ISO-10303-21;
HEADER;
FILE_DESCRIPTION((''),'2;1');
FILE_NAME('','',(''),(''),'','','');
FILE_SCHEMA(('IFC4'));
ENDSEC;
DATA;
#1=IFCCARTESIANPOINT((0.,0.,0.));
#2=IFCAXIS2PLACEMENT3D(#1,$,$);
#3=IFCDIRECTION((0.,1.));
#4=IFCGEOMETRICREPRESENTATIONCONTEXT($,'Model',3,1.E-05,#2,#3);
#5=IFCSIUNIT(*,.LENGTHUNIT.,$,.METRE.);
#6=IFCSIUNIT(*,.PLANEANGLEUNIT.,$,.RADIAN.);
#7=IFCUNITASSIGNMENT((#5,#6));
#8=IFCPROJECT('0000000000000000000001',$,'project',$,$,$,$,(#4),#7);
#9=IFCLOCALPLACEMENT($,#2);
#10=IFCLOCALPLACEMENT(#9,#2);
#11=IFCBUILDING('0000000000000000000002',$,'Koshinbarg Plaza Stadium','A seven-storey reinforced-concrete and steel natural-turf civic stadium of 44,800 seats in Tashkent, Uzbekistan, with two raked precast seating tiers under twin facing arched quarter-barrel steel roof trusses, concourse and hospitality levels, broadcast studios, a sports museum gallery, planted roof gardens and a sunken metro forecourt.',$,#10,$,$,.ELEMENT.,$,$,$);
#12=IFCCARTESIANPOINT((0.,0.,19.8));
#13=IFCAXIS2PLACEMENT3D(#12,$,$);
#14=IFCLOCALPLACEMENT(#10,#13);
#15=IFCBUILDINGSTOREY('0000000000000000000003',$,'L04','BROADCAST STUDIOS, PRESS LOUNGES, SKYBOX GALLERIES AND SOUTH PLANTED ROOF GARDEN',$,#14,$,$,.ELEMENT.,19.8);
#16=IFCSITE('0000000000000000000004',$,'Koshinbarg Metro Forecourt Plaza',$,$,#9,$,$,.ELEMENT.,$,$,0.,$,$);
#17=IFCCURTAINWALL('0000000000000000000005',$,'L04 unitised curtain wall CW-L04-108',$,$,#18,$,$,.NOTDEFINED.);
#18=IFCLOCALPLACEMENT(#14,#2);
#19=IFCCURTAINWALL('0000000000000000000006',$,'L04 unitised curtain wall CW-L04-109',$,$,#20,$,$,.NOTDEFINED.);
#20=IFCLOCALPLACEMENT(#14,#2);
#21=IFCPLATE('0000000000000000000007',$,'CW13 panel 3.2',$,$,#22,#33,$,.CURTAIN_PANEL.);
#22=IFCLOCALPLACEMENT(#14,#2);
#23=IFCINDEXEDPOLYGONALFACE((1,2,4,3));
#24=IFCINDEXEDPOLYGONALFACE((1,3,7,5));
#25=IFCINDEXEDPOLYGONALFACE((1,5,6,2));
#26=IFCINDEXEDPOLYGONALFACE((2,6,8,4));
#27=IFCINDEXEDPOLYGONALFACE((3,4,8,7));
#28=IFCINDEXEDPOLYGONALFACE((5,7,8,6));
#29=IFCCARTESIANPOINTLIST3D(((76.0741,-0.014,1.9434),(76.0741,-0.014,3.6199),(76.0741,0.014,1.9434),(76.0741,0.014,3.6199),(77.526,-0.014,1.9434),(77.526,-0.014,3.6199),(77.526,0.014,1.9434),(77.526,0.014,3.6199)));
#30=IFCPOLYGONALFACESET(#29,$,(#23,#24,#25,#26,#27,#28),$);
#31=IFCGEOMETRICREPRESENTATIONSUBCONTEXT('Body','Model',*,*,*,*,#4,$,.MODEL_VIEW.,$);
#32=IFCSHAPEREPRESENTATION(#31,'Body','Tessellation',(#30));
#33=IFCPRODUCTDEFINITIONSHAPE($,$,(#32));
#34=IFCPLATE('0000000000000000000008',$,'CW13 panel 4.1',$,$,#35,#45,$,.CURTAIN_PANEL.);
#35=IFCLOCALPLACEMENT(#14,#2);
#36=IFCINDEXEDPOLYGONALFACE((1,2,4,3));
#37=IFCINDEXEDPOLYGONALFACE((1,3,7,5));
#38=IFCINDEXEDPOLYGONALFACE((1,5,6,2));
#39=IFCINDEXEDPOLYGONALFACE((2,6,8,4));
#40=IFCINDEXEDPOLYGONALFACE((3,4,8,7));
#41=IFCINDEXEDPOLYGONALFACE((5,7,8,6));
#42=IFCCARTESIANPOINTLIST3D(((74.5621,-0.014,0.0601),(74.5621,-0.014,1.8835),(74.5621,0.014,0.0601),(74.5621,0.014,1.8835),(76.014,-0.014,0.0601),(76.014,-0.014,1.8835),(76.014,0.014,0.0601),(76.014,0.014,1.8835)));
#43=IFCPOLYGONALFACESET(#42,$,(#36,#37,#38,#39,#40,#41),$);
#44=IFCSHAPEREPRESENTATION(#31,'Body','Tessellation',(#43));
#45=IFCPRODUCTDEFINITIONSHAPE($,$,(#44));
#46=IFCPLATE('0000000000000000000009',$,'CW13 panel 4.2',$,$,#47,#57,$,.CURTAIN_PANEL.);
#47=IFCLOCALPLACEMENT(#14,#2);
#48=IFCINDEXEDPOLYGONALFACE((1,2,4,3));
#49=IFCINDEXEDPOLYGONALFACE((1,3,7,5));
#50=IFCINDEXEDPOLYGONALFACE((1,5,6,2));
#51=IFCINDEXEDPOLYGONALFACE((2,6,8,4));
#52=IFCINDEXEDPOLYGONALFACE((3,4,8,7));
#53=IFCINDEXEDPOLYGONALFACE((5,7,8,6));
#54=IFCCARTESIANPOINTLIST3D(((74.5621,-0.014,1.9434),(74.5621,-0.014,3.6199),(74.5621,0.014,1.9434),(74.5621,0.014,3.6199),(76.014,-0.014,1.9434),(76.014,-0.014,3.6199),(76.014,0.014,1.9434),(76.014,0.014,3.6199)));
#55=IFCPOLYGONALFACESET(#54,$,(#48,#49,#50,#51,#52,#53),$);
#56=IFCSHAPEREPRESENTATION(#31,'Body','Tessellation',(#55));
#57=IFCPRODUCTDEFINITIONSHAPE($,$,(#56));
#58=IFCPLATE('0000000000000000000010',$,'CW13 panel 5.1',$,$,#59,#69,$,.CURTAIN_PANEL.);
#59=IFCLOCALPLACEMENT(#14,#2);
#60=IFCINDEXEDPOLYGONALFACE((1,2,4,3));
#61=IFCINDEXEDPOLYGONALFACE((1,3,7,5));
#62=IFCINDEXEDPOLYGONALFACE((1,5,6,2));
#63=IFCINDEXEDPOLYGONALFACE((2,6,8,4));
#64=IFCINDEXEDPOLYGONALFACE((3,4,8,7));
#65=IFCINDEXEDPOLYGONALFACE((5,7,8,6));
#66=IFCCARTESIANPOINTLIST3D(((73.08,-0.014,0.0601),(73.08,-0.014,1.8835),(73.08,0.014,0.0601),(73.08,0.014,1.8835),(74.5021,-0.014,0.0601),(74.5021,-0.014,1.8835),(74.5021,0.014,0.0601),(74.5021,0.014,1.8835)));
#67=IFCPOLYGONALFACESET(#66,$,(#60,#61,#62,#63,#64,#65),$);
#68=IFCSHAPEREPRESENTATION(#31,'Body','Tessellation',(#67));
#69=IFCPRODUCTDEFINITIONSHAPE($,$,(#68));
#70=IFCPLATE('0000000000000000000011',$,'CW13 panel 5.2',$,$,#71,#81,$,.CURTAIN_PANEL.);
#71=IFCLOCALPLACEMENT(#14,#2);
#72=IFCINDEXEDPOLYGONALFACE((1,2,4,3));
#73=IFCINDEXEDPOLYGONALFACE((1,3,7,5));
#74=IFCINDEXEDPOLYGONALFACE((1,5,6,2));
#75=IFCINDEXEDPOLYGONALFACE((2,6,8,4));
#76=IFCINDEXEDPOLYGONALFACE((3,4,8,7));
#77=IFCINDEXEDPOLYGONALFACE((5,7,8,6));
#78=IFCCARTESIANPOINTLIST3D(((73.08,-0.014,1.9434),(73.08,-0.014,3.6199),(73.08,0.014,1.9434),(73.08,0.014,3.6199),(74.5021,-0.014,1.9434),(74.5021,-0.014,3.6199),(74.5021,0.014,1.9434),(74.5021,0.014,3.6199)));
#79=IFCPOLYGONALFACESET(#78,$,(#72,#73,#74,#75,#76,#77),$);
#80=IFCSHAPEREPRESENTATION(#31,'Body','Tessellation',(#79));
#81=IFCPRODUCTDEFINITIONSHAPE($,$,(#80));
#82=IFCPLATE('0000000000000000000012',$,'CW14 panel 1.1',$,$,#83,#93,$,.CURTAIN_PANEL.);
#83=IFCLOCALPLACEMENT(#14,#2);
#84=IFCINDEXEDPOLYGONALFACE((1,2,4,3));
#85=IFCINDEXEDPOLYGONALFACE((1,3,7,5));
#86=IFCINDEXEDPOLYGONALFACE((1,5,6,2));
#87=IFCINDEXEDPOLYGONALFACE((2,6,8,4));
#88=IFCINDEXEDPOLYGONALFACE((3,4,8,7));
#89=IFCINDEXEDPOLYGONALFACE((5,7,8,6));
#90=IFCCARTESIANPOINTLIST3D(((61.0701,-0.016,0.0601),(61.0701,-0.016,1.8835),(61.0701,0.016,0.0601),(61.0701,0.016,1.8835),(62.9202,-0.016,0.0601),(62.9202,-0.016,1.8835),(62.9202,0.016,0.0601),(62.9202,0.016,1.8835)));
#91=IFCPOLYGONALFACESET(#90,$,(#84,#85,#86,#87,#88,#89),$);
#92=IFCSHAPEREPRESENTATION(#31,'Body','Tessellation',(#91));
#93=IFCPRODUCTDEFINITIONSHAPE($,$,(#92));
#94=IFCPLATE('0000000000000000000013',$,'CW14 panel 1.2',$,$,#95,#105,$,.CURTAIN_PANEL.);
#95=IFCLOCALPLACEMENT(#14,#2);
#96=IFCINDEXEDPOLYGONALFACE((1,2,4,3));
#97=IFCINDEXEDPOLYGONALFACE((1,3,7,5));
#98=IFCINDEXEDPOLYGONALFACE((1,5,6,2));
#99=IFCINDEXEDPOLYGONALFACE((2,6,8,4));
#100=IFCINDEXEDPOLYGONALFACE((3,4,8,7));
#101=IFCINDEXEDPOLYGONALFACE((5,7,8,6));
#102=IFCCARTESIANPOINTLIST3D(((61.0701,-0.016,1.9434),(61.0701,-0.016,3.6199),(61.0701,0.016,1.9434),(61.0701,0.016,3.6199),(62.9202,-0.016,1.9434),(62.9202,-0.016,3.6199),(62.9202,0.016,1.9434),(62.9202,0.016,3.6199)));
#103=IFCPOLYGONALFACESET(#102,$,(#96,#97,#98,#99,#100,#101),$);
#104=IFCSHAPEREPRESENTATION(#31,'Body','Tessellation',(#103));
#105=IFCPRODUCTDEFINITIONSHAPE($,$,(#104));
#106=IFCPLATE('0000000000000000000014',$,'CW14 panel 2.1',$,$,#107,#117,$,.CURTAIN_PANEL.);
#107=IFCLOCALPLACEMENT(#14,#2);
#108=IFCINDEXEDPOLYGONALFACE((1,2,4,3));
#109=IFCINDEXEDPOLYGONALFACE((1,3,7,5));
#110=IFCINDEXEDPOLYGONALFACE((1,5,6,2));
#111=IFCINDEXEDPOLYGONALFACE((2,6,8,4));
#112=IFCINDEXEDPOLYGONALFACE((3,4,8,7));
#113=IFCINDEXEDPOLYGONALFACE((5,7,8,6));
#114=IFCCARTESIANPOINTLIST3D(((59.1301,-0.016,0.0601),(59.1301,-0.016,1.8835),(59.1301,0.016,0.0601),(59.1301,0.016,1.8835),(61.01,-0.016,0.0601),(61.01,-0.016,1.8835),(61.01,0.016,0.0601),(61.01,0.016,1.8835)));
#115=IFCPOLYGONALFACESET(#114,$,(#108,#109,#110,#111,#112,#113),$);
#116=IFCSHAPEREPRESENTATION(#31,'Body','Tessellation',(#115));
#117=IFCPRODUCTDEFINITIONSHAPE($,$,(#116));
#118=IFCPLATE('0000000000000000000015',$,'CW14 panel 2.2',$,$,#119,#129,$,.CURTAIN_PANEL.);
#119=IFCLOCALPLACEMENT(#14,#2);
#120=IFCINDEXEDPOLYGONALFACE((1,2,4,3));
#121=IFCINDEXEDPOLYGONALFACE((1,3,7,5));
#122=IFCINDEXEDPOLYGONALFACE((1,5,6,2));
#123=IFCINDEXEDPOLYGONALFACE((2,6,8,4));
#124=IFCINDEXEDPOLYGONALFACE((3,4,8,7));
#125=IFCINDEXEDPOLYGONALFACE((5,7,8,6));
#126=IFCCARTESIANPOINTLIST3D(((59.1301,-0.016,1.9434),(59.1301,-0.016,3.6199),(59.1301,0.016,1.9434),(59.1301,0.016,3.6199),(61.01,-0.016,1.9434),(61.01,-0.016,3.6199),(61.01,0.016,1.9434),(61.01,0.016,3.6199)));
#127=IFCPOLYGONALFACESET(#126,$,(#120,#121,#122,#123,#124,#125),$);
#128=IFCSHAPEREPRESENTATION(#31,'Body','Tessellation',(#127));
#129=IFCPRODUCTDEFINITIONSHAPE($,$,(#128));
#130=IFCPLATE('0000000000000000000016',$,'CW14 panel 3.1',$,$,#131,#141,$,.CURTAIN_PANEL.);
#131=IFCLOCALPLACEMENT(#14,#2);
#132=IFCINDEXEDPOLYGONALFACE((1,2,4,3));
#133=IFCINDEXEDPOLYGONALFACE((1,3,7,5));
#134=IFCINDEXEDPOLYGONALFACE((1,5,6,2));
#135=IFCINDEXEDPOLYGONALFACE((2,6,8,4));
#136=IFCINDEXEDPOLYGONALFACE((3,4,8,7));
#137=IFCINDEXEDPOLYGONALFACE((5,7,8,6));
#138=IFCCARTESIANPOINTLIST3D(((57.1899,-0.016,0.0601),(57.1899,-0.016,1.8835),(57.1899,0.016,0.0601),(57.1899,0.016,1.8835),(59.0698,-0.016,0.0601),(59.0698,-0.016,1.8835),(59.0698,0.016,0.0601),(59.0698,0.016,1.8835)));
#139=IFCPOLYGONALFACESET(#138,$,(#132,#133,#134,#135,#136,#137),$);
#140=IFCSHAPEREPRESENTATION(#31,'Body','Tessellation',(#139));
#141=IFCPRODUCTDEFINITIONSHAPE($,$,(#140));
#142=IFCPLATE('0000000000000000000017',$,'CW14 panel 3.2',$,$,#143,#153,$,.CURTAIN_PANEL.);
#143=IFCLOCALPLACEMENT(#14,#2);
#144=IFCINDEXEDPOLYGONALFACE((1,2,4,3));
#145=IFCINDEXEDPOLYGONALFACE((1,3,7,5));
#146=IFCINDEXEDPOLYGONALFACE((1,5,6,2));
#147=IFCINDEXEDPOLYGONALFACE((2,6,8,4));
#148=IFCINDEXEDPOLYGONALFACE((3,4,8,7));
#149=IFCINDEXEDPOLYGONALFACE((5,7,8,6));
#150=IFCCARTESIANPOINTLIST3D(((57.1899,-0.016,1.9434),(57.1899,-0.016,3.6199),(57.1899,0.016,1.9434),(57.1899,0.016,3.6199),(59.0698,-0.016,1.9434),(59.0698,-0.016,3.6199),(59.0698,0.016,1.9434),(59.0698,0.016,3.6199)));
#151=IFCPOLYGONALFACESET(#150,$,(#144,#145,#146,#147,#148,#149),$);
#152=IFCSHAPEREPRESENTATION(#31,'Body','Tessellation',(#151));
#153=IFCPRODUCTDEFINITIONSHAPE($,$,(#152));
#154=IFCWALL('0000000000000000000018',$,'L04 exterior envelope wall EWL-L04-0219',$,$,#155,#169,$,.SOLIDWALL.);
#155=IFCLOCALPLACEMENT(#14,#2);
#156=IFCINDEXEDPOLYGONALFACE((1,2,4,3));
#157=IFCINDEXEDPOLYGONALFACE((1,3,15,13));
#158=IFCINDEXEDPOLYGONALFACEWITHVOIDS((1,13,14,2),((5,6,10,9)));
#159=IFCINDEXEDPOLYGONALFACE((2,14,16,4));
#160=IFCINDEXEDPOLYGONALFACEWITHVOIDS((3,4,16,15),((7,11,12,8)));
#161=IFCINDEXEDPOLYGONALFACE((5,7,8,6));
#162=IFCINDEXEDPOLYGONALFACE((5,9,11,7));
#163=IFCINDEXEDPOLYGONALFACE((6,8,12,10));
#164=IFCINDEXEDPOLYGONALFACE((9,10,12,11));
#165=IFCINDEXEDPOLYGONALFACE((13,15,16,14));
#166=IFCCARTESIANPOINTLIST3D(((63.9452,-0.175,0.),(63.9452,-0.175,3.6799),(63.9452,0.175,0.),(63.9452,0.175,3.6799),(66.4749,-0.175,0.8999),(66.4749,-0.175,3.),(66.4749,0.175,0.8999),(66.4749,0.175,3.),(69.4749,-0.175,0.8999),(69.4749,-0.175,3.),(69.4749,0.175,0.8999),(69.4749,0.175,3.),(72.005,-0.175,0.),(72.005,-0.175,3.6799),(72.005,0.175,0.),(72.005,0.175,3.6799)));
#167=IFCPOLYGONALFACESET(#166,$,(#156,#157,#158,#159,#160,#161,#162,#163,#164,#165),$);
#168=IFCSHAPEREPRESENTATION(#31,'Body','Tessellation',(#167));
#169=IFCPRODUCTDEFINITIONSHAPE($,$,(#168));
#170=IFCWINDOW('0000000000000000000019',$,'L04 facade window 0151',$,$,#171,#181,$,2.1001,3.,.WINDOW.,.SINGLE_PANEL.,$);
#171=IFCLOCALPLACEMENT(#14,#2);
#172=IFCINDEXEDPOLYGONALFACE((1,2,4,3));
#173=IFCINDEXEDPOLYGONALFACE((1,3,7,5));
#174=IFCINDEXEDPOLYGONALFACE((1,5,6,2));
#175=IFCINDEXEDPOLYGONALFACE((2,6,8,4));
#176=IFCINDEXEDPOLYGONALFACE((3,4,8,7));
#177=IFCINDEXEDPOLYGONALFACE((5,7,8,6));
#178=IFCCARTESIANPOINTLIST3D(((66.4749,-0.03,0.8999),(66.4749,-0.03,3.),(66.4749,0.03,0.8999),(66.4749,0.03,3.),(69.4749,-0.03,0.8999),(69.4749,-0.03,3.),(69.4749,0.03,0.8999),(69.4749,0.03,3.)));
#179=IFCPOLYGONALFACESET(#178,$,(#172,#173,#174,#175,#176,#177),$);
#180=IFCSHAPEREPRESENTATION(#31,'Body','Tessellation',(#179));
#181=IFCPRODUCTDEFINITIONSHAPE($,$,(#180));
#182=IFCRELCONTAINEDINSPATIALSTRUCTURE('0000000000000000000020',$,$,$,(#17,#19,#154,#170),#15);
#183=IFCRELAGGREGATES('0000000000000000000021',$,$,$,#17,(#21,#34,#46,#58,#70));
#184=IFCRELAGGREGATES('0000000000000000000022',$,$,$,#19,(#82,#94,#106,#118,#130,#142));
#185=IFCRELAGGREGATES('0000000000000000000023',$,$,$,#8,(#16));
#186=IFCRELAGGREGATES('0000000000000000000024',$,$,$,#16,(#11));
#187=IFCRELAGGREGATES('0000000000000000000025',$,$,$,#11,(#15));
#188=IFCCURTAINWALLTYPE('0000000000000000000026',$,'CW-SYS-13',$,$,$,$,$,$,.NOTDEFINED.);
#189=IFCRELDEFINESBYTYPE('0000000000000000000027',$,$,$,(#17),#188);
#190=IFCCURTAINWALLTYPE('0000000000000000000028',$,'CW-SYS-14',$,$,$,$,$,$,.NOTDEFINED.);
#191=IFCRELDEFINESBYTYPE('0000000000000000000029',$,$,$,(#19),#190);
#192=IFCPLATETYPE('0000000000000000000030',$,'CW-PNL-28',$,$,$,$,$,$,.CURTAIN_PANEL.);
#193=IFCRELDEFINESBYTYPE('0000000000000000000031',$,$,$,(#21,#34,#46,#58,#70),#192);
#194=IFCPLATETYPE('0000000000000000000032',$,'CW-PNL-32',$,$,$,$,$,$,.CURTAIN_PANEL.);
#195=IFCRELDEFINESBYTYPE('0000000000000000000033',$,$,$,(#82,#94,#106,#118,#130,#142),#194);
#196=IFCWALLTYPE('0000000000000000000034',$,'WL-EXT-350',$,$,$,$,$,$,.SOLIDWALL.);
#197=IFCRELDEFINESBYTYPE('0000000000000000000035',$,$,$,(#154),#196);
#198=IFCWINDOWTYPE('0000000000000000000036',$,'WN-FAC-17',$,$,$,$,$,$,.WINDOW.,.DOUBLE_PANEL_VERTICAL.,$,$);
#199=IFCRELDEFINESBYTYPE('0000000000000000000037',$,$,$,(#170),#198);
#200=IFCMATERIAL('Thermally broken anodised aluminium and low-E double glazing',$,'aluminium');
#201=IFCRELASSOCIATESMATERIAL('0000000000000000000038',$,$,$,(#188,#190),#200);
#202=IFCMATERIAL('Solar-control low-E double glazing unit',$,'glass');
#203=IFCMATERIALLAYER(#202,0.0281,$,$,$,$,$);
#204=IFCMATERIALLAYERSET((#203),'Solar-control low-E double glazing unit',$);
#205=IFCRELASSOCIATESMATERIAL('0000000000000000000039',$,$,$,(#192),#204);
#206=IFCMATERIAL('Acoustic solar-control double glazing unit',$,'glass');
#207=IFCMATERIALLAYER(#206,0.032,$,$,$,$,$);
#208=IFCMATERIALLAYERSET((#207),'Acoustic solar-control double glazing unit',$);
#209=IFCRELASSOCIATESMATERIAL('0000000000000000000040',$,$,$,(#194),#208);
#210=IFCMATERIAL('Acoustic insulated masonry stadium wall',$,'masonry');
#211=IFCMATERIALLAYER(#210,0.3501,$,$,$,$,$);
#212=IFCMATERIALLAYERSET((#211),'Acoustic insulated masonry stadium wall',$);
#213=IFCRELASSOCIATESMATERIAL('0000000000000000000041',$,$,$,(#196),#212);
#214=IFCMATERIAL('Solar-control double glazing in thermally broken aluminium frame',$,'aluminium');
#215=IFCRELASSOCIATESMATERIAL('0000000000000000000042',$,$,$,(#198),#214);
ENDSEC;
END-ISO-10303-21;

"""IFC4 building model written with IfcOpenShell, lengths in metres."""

from ifc_helpers import new_model, si_unit, direction, frame, frame_2d, origin, origin_2d, place, context, subcontext, project, spatial, rectangle, extrude, material, layer, layer_set, type_object, element, fill, aggregate, save


model = new_model("IFC4")

# Units and contexts
model_context = context("Model", 3, precision=1e-05, world=origin(), true_north=direction((0.0, 1.0)))
body_context = subcontext(model_context, "Body", "Model", "MODEL_VIEW")
ifc_project = project(units=[si_unit("LENGTHUNIT", "METRE"), si_unit("PLANEANGLEUNIT", "RADIAN")], contexts=[model_context])

# Site, building, storey
site_placement = place(None, origin())
site = spatial("IfcSite", under=ifc_project, at=site_placement, Name="Koshinbarg Metro Forecourt Plaza", CompositionType="ELEMENT", RefElevation=0.0)
building_placement = place(site_placement, origin())
building = spatial("IfcBuilding", under=site, at=building_placement, Name="Koshinbarg Plaza Stadium", Description="A seven-storey reinforced-concrete and steel natural-turf civic stadium of 44,800 seats in Tashkent, Uzbekistan, with two raked precast seating tiers under twin facing arched quarter-barrel steel roof trusses, concourse and hospitality levels, broadcast studios, a sports museum gallery, planted roof gardens and a sunken metro forecourt.", CompositionType="ELEMENT")
storey_placement = place(building_placement, frame((0.0, 0.0, 19.8)))
storey = spatial("IfcBuildingStorey", under=building, at=storey_placement, Name="L04", Description="BROADCAST STUDIOS, PRESS LOUNGES, SKYBOX GALLERIES AND SOUTH PLANTED ROOF GARDEN", CompositionType="ELEMENT", Elevation=19.8)

# Curtain walls
ifc_material_1 = material(Name="Thermally broken anodised aluminium and low-E double glazing", Category="aluminium")
curtain_wall_type_1 = type_object("IfcCurtainWallType", Name="CW-SYS-13", PredefinedType="NOTDEFINED", material=ifc_material_1)
curtain_wall_1_placement = place(storey_placement, origin())
curtain_wall_1 = element("IfcCurtainWall", 1, at=curtain_wall_1_placement, inside=storey, type_object=curtain_wall_type_1, Name="L04 unitised curtain wall CW-L04-108", PredefinedType="NOTDEFINED")
curtain_wall_type_2 = type_object("IfcCurtainWallType", Name="CW-SYS-14", PredefinedType="NOTDEFINED", material=ifc_material_1)
curtain_wall_2_placement = place(storey_placement, origin())
curtain_wall_2 = element("IfcCurtainWall", 2, at=curtain_wall_2_placement, inside=storey, type_object=curtain_wall_type_2, Name="L04 unitised curtain wall CW-L04-109", PredefinedType="NOTDEFINED")

# Plates
ifc_material_2 = material(Name="Solar-control low-E double glazing unit", Category="glass")
ifc_layer_1 = layer(ifc_material_2, 0.0281)
ifc_layer_set_1 = layer_set([ifc_layer_1], Name="Solar-control low-E double glazing unit")
plate_type_1 = type_object("IfcPlateType", Name="CW-PNL-28", PredefinedType="CURTAIN_PANEL", material=ifc_layer_set_1)
plate_1_placement = place(storey_placement, frame((76.8, 0.0, 1.9434), z_axis=(0.0, 0.0, 1.0), x_axis=(-1.0, 0.0, 0.0)))
plate_1 = element("IfcPlate", 3, at=plate_1_placement, type_object=plate_type_1, Name="CW13 panel 3.2", PredefinedType="CURTAIN_PANEL", context=body_context, shape_type="SweptSolid", body=[
    extrude(rectangle(XDim=1.4519, YDim=0.0281, at=origin_2d()), origin(), (0.0, 0.0, 1.0), 1.6765),
])
plate_2_placement = place(storey_placement, frame((75.2881, 0.0, 0.0601), z_axis=(0.0, 0.0, 1.0), x_axis=(-1.0, 0.0, 0.0)))
plate_2 = element("IfcPlate", 4, at=plate_2_placement, type_object=plate_type_1, Name="CW13 panel 4.1", PredefinedType="CURTAIN_PANEL", context=body_context, shape_type="SweptSolid", body=[
    extrude(rectangle(XDim=1.4519, YDim=0.0281, at=origin_2d()), origin(), (0.0, 0.0, 1.0), 1.8235),
])
plate_3_placement = place(storey_placement, frame((75.2881, 0.0, 1.9434), z_axis=(0.0, 0.0, 1.0), x_axis=(-1.0, 0.0, 0.0)))
plate_3 = element("IfcPlate", 5, at=plate_3_placement, type_object=plate_type_1, Name="CW13 panel 4.2", PredefinedType="CURTAIN_PANEL", context=body_context, shape_type="SweptSolid", body=[
    extrude(rectangle(XDim=1.4519, YDim=0.0281, at=origin_2d()), origin(), (0.0, 0.0, 1.0), 1.6765),
])
plate_4_placement = place(storey_placement, frame((73.791, 0.0, 0.0601), z_axis=(0.0, 0.0, 1.0), x_axis=(-1.0, 0.0, 0.0)))
plate_4 = element("IfcPlate", 6, at=plate_4_placement, type_object=plate_type_1, Name="CW13 panel 5.1", PredefinedType="CURTAIN_PANEL", context=body_context, shape_type="SweptSolid", body=[
    extrude(rectangle(XDim=1.4221, YDim=0.0281, at=origin_2d()), origin(), (0.0, 0.0, 1.0), 1.8235),
])
plate_5_placement = place(storey_placement, frame((73.791, 0.0, 1.9434), z_axis=(0.0, 0.0, 1.0), x_axis=(-1.0, 0.0, 0.0)))
plate_5 = element("IfcPlate", 7, at=plate_5_placement, type_object=plate_type_1, Name="CW13 panel 5.2", PredefinedType="CURTAIN_PANEL", context=body_context, shape_type="SweptSolid", body=[
    extrude(rectangle(XDim=1.4221, YDim=0.0281, at=origin_2d()), origin(), (0.0, 0.0, 1.0), 1.6765),
])
aggregate(curtain_wall_1, [plate_1, plate_2, plate_3, plate_4, plate_5])
ifc_material_3 = material(Name="Acoustic solar-control double glazing unit", Category="glass")
ifc_layer_2 = layer(ifc_material_3, 0.032)
ifc_layer_set_2 = layer_set([ifc_layer_2], Name="Acoustic solar-control double glazing unit")
plate_type_2 = type_object("IfcPlateType", Name="CW-PNL-32", PredefinedType="CURTAIN_PANEL", material=ifc_layer_set_2)
plate_6_placement = place(storey_placement, frame((61.9951, 0.0, 0.0601), z_axis=(0.0, 0.0, 1.0), x_axis=(-1.0, 0.0, 0.0)))
plate_6 = element("IfcPlate", 8, at=plate_6_placement, type_object=plate_type_2, Name="CW14 panel 1.1", PredefinedType="CURTAIN_PANEL", context=body_context, shape_type="SweptSolid", body=[
    extrude(rectangle(XDim=1.8501, YDim=0.032, at=origin_2d()), origin(), (0.0, 0.0, 1.0), 1.8235),
])
plate_7_placement = place(storey_placement, frame((61.9951, 0.0, 1.9434), z_axis=(0.0, 0.0, 1.0), x_axis=(-1.0, 0.0, 0.0)))
plate_7 = element("IfcPlate", 9, at=plate_7_placement, type_object=plate_type_2, Name="CW14 panel 1.2", PredefinedType="CURTAIN_PANEL", context=body_context, shape_type="SweptSolid", body=[
    extrude(rectangle(XDim=1.8501, YDim=0.032, at=origin_2d()), origin(), (0.0, 0.0, 1.0), 1.6765),
])
plate_8_placement = place(storey_placement, frame((60.0701, 0.0, 0.0601), z_axis=(0.0, 0.0, 1.0), x_axis=(-1.0, 0.0, 0.0)))
plate_8 = element("IfcPlate", 10, at=plate_8_placement, type_object=plate_type_2, Name="CW14 panel 2.1", PredefinedType="CURTAIN_PANEL", context=body_context, shape_type="SweptSolid", body=[
    extrude(rectangle(XDim=1.8799, YDim=0.032, at=origin_2d()), origin(), (0.0, 0.0, 1.0), 1.8235),
])
plate_9_placement = place(storey_placement, frame((60.0701, 0.0, 1.9434), z_axis=(0.0, 0.0, 1.0), x_axis=(-1.0, 0.0, 0.0)))
plate_9 = element("IfcPlate", 11, at=plate_9_placement, type_object=plate_type_2, Name="CW14 panel 2.2", PredefinedType="CURTAIN_PANEL", context=body_context, shape_type="SweptSolid", body=[
    extrude(rectangle(XDim=1.8799, YDim=0.032, at=origin_2d()), origin(), (0.0, 0.0, 1.0), 1.6765),
])
plate_10_placement = place(storey_placement, frame((58.1299, 0.0, 0.0601), z_axis=(0.0, 0.0, 1.0), x_axis=(-1.0, 0.0, 0.0)))
plate_10 = element("IfcPlate", 12, at=plate_10_placement, type_object=plate_type_2, Name="CW14 panel 3.1", PredefinedType="CURTAIN_PANEL", context=body_context, shape_type="SweptSolid", body=[
    extrude(rectangle(XDim=1.8799, YDim=0.032, at=origin_2d()), origin(), (0.0, 0.0, 1.0), 1.8235),
])
plate_11_placement = place(storey_placement, frame((58.1299, 0.0, 1.9434), z_axis=(0.0, 0.0, 1.0), x_axis=(-1.0, 0.0, 0.0)))
plate_11 = element("IfcPlate", 13, at=plate_11_placement, type_object=plate_type_2, Name="CW14 panel 3.2", PredefinedType="CURTAIN_PANEL", context=body_context, shape_type="SweptSolid", body=[
    extrude(rectangle(XDim=1.8799, YDim=0.032, at=origin_2d()), origin(), (0.0, 0.0, 1.0), 1.6765),
])
aggregate(curtain_wall_2, [plate_6, plate_7, plate_8, plate_9, plate_10, plate_11])

# Wall, opening, window
ifc_material_4 = material(Name="Acoustic insulated masonry stadium wall", Category="masonry")
ifc_layer_3 = layer(ifc_material_4, 0.3501)
ifc_layer_set_3 = layer_set([ifc_layer_3], Name="Acoustic insulated masonry stadium wall")
wall_type = type_object("IfcWallType", Name="WL-EXT-350", PredefinedType="SOLIDWALL", material=ifc_layer_set_3)
wall_placement = place(storey_placement, frame((72.0049, 0.0, 0.0), z_axis=(0.0, 0.0, 1.0), x_axis=(-1.0, 0.0, 0.0)))
wall = element("IfcWall", 14, at=wall_placement, inside=storey, type_object=wall_type, Name="L04 exterior envelope wall EWL-L04-0219", PredefinedType="SOLIDWALL", context=body_context, shape_type="SweptSolid", body=[
    extrude(rectangle(XDim=8.0598, YDim=0.3501, at=frame_2d((4.0298, 0.0))), origin(), (0.0, 0.0, 1.0), 3.6799),
])
opening_placement = place(wall_placement, frame((2.53, 0.0, 0.8999)))
opening = element("IfcOpeningElement", 15, at=opening_placement, cuts=wall, PredefinedType="OPENING", context=body_context, shape_type="SweptSolid", body=[
    extrude(rectangle(XDim=3.0, YDim=2.1001, at=frame_2d((1.5, 1.05))), frame((0.0, 0.1851, 0.0), z_axis=(0.0, -1.0, 0.0), x_axis=(1.0, 0.0, 0.0)), (0.0, 0.0, 1.0), 0.3701),
])
ifc_material_5 = material(Name="Solar-control double glazing in thermally broken aluminium frame", Category="aluminium")
window_type = type_object("IfcWindowType", Name="WN-FAC-17", PartitioningType="DOUBLE_PANEL_VERTICAL", PredefinedType="WINDOW", material=ifc_material_5)
window_placement = place(opening_placement, origin())
window = element("IfcWindow", 16, at=window_placement, inside=storey, type_object=window_type, Name="L04 facade window 0151", OverallHeight=2.1001, OverallWidth=3.0, PartitioningType="SINGLE_PANEL", PredefinedType="WINDOW", context=body_context, shape_type="SweptSolid", body=[
    extrude(rectangle(XDim=3.0, YDim=2.1001, at=frame_2d((1.5, 1.05))), frame((0.0, 0.03, 0.0), z_axis=(0.0, -1.0, 0.0), x_axis=(1.0, 0.0, 0.0)), (0.0, 0.0, 1.0), 0.0601),
])
fill(opening, window)

save(model, "model.ifc")
